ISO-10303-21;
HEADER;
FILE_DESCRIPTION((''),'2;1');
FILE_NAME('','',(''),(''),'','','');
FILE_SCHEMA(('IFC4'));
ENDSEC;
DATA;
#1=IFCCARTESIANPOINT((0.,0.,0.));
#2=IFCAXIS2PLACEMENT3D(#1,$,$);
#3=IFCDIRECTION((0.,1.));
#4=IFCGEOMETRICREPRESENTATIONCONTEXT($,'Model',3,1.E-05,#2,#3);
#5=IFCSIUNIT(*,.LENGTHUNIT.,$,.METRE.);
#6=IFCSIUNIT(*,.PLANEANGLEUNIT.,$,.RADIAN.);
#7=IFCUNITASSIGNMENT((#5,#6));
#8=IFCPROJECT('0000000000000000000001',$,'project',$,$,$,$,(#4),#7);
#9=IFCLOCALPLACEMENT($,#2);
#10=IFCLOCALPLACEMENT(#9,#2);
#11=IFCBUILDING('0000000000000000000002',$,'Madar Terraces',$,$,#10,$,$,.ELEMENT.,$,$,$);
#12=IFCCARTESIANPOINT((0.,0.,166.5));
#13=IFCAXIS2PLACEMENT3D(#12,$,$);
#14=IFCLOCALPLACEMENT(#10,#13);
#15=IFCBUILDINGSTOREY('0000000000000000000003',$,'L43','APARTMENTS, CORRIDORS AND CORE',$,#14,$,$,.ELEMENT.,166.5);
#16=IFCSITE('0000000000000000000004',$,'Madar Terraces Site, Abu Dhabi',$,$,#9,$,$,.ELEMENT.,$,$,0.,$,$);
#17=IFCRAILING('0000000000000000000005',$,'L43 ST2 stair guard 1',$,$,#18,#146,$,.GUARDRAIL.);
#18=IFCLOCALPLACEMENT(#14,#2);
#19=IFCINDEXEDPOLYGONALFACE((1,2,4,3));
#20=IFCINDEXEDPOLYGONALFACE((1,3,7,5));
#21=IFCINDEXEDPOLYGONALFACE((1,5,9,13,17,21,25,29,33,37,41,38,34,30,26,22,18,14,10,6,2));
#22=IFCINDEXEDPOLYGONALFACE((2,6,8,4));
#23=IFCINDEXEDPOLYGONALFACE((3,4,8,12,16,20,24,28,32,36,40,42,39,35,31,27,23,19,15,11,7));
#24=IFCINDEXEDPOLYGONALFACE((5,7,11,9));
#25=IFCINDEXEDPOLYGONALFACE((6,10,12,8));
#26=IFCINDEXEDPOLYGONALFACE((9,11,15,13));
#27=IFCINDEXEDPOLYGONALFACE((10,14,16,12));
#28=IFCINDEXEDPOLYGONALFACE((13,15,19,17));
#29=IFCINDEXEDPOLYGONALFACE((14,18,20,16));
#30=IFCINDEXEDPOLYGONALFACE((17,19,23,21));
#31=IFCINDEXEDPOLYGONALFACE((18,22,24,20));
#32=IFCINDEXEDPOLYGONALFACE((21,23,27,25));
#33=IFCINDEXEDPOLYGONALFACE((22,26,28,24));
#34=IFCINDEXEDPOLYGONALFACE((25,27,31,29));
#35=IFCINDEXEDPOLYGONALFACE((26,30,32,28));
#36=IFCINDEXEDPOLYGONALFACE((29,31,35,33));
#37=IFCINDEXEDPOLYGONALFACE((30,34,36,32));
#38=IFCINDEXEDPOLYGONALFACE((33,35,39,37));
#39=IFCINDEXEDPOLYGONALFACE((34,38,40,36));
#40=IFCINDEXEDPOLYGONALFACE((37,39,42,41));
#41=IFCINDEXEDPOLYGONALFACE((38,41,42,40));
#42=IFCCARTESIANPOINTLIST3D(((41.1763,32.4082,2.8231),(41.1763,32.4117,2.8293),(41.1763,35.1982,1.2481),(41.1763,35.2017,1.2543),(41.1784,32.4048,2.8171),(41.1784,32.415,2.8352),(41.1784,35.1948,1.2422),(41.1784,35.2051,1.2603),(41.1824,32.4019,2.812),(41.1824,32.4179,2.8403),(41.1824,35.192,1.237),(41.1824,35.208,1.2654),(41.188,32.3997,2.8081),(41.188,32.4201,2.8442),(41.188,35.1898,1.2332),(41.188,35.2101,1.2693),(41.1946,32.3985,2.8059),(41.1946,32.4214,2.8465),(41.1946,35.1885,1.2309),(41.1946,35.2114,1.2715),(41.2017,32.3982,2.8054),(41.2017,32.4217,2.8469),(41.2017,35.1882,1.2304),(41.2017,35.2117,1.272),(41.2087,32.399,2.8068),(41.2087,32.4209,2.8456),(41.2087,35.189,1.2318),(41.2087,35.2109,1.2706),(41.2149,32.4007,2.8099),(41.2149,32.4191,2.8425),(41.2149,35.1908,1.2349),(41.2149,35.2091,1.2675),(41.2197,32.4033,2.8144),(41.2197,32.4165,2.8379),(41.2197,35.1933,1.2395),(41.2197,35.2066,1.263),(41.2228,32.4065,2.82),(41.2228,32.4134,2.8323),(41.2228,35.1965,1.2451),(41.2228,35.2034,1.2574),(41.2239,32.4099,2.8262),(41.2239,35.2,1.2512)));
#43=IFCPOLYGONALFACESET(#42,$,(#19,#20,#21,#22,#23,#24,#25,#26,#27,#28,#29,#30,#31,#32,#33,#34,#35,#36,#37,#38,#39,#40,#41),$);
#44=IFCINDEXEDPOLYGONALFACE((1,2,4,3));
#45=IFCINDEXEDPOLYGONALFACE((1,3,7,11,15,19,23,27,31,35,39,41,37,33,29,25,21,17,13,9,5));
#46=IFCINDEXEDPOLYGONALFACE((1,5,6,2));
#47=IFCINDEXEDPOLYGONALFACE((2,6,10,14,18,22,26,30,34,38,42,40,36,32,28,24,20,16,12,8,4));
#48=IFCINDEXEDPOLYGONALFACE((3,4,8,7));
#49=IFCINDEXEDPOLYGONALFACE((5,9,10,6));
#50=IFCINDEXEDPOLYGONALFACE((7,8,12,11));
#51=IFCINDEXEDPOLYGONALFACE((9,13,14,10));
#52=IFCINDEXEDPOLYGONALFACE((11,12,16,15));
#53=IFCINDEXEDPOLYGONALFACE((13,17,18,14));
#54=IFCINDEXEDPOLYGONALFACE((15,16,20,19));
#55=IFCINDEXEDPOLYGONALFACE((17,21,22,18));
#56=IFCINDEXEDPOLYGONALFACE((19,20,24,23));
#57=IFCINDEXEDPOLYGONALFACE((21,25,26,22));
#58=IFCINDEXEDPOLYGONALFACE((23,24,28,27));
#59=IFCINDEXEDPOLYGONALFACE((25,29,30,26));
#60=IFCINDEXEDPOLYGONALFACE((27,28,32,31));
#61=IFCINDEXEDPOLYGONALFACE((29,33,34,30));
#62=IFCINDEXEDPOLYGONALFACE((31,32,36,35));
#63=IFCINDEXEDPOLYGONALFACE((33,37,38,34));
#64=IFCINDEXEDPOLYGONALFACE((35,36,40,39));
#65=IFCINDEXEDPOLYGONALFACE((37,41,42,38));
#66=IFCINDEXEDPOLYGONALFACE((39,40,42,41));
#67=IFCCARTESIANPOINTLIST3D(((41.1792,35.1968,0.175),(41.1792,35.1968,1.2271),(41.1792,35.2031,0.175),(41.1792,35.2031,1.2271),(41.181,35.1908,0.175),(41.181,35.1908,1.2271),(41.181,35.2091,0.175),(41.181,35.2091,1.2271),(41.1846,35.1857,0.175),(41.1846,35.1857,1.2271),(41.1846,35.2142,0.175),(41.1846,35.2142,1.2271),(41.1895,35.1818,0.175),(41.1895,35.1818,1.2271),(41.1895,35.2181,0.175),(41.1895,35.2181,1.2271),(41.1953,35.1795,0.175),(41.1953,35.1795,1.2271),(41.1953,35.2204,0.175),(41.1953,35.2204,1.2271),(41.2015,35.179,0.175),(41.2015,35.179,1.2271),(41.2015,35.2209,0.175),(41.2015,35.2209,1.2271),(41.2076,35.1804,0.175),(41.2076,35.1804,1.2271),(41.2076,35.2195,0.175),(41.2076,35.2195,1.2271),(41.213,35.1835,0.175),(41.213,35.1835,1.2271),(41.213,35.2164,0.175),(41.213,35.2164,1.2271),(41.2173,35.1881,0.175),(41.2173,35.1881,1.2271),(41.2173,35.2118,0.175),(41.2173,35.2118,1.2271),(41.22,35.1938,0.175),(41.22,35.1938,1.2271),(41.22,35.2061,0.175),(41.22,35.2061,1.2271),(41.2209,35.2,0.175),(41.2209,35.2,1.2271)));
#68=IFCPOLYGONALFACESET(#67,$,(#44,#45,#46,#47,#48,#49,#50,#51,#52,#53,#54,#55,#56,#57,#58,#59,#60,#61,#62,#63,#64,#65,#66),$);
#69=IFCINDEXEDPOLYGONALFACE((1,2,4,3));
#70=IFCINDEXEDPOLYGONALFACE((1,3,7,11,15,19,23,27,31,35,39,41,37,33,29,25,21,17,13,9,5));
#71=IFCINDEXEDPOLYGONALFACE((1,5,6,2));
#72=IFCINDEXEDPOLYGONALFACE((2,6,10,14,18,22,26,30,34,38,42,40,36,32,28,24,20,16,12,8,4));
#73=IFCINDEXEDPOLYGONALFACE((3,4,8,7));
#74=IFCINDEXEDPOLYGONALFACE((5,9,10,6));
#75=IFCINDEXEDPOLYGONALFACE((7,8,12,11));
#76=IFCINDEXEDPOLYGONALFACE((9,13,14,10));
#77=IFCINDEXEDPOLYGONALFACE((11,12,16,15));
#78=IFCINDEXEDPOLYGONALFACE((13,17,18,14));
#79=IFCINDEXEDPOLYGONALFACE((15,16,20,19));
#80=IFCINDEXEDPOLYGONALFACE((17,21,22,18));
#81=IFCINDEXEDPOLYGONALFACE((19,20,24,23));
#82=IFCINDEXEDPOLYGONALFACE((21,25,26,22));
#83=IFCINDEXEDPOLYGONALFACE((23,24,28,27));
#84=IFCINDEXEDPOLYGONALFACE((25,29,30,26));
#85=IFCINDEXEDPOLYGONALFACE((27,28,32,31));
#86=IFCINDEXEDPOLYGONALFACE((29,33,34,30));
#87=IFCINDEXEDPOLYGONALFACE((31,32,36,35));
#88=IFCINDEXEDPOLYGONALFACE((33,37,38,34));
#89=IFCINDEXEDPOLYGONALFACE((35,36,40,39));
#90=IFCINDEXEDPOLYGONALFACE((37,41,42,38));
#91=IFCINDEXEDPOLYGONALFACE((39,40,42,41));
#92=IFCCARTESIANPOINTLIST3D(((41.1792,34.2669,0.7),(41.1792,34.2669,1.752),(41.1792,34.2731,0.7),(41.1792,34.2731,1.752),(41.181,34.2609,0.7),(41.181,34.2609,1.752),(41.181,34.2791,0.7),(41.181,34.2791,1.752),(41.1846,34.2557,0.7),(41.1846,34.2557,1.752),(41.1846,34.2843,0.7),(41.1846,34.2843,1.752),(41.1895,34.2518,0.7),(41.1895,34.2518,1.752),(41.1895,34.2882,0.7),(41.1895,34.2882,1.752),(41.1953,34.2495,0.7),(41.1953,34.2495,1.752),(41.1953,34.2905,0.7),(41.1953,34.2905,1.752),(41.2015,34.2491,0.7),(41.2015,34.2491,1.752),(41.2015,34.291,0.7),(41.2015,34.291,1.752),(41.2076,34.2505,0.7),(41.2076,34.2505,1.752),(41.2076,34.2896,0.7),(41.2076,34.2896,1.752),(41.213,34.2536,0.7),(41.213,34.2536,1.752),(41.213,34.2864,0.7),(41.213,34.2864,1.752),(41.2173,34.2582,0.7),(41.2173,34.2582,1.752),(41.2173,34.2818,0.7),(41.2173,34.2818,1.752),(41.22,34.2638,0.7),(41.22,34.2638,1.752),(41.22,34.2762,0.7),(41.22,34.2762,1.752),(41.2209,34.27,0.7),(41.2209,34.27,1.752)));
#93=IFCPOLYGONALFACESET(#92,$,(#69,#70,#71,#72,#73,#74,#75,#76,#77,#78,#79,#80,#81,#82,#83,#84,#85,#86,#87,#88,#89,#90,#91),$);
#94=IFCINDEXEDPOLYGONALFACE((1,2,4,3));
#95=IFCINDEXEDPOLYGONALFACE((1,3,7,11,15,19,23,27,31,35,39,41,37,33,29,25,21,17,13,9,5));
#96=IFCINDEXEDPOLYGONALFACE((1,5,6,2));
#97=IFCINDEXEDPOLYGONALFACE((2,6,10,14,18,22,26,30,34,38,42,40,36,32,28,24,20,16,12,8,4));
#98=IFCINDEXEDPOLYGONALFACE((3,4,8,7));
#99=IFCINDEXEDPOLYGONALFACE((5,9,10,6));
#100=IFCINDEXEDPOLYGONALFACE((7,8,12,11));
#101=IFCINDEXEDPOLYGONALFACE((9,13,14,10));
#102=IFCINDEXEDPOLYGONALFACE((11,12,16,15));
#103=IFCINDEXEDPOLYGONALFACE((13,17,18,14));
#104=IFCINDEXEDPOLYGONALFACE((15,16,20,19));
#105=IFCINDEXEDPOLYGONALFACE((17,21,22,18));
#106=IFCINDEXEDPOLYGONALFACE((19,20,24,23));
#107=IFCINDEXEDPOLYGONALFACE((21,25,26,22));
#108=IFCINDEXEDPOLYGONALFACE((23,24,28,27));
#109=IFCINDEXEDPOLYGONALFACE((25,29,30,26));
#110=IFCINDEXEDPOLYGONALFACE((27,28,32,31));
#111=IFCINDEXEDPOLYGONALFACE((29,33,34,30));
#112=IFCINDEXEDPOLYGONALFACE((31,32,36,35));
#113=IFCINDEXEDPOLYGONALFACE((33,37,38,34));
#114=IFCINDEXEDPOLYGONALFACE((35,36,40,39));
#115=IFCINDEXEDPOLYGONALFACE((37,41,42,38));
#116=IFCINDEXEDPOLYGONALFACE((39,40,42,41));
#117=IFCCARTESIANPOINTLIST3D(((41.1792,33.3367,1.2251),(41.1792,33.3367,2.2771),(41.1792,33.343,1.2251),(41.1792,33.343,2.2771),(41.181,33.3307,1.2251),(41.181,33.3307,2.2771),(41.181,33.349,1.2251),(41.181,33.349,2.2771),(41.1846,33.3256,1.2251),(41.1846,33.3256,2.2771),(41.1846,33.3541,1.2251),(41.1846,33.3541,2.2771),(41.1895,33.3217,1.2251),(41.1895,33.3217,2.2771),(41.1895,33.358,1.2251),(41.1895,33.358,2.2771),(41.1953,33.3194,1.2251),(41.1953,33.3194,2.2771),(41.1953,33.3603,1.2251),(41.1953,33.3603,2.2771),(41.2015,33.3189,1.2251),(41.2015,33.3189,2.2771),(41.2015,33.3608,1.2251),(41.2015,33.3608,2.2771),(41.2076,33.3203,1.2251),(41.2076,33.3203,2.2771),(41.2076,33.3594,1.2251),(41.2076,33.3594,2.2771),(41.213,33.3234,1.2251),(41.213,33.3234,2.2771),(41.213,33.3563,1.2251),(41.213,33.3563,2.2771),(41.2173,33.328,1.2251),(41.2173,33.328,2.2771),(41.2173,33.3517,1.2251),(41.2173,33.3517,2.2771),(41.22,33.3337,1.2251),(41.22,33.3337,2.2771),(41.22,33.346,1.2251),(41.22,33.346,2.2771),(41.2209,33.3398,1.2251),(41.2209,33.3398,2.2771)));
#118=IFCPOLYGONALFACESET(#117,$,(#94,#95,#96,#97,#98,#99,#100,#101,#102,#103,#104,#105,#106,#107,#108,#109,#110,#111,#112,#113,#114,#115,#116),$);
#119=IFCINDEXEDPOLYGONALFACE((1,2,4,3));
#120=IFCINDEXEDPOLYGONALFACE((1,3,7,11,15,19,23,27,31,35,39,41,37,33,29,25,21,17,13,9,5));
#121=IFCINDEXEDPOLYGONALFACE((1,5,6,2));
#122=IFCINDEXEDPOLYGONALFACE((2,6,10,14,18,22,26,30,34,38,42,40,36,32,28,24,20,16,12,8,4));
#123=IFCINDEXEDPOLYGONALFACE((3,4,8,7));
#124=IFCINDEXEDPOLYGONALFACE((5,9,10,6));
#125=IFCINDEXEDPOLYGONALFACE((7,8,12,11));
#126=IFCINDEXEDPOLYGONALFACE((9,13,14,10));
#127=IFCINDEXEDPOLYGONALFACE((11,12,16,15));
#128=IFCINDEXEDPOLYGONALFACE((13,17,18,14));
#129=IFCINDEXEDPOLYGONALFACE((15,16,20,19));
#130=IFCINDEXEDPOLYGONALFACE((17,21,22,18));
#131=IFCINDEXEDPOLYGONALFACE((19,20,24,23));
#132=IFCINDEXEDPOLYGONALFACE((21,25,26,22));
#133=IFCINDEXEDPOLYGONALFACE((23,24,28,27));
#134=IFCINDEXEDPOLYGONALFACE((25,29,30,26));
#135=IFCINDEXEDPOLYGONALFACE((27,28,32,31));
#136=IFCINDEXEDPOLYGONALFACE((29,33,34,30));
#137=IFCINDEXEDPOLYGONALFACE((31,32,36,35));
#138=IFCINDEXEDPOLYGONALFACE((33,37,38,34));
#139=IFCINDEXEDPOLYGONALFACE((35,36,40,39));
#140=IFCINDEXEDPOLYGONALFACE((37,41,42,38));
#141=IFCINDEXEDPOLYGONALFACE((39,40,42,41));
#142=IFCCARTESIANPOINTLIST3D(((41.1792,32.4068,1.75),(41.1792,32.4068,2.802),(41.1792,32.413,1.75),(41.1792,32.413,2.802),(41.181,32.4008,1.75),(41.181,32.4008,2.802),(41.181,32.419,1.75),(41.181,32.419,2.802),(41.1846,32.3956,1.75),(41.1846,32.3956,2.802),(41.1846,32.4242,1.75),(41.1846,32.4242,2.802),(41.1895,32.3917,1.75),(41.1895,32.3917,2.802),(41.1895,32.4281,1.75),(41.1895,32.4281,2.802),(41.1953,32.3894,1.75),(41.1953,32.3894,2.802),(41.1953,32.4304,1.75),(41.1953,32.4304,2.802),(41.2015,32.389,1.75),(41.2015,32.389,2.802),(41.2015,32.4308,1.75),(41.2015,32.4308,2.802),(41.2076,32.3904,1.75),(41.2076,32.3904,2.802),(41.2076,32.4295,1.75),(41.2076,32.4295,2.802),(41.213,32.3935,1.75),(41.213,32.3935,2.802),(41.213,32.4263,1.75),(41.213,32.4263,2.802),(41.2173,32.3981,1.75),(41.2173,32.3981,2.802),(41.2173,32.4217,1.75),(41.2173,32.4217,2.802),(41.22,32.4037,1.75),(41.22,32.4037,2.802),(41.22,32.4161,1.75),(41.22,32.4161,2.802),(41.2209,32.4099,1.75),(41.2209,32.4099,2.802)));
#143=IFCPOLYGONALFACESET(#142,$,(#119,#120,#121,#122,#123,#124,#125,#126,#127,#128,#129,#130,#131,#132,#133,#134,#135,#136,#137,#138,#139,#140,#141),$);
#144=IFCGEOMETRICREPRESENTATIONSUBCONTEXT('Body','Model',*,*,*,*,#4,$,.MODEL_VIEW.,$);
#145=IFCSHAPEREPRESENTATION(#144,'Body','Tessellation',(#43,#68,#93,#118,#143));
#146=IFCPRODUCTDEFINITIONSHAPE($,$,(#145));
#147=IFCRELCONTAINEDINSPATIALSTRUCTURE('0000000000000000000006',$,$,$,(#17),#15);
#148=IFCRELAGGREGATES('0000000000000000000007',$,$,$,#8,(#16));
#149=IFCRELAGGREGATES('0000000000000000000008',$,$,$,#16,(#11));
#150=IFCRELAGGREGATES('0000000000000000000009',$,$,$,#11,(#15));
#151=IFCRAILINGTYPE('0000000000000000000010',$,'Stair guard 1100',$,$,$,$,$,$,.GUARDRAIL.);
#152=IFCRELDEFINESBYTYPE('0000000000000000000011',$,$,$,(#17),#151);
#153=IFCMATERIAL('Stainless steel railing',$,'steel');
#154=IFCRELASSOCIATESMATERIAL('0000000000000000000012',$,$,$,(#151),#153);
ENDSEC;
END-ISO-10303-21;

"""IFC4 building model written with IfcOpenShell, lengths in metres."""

from ifc_helpers import new_model, si_unit, direction, frame, origin, origin_2d, place, context, subcontext, project, spatial, circle, extrude, material, type_object, element, save


model = new_model("IFC4")

# Units and contexts
model_context = context("Model", 3, precision=1e-05, world=origin(), true_north=direction((0.0, 1.0)))
body_context = subcontext(model_context, "Body", "Model", "MODEL_VIEW")
ifc_project = project(units=[si_unit("LENGTHUNIT", "METRE"), si_unit("PLANEANGLEUNIT", "RADIAN")], contexts=[model_context])

# Site, building, storey
site_placement = place(None, origin())
site = spatial("IfcSite", under=ifc_project, at=site_placement, Name="Madar Terraces Site, Abu Dhabi", CompositionType="ELEMENT", RefElevation=0.0)
building_placement = place(site_placement, origin())
building = spatial("IfcBuilding", under=site, at=building_placement, Name="Madar Terraces", CompositionType="ELEMENT")
storey_placement = place(building_placement, frame((0.0, 0.0, 166.5)))
storey = spatial("IfcBuildingStorey", under=building, at=storey_placement, Name="L43", Description="APARTMENTS, CORRIDORS AND CORE", CompositionType="ELEMENT", Elevation=166.5)

# Railing
ifc_material_1 = material(Name="Stainless steel railing", Category="steel")
railing_type_1 = type_object("IfcRailingType", Name="Stair guard 1100", PredefinedType="GUARDRAIL", material=ifc_material_1)
railing_1_placement = place(storey_placement, frame((41.2, 35.2, 0.175)))
element("IfcRailing", 1, at=railing_1_placement, inside=storey, type_object=railing_type_1, Name="L43 ST2 stair guard 1", PredefinedType="GUARDRAIL", context=body_context, shape_type="SweptSolid", body=[
    extrude(circle(Radius=0.0239, at=origin_2d()), frame((0.0, 0.0, 1.0762), z_axis=(0.0, -0.870834, 0.491578), x_axis=(1.0, 0.0, 0.0)), (0.0, 0.0, 1.0), 3.2039),
    extrude(circle(Radius=0.021, at=origin_2d()), origin(), (0.0, 0.0, 1.0), 1.052),
    extrude(circle(Radius=0.021, at=origin_2d()), frame((0.0, -0.9299, 0.5249)), (0.0, 0.0, 1.0), 1.052),
    extrude(circle(Radius=0.021, at=origin_2d()), frame((0.0, -1.8601, 1.05)), (0.0, 0.0, 1.0), 1.052),
    extrude(circle(Radius=0.021, at=origin_2d()), frame((0.0, -2.79, 1.575)), (0.0, 0.0, 1.0), 1.052),
])

save(model, "model.ifc")
